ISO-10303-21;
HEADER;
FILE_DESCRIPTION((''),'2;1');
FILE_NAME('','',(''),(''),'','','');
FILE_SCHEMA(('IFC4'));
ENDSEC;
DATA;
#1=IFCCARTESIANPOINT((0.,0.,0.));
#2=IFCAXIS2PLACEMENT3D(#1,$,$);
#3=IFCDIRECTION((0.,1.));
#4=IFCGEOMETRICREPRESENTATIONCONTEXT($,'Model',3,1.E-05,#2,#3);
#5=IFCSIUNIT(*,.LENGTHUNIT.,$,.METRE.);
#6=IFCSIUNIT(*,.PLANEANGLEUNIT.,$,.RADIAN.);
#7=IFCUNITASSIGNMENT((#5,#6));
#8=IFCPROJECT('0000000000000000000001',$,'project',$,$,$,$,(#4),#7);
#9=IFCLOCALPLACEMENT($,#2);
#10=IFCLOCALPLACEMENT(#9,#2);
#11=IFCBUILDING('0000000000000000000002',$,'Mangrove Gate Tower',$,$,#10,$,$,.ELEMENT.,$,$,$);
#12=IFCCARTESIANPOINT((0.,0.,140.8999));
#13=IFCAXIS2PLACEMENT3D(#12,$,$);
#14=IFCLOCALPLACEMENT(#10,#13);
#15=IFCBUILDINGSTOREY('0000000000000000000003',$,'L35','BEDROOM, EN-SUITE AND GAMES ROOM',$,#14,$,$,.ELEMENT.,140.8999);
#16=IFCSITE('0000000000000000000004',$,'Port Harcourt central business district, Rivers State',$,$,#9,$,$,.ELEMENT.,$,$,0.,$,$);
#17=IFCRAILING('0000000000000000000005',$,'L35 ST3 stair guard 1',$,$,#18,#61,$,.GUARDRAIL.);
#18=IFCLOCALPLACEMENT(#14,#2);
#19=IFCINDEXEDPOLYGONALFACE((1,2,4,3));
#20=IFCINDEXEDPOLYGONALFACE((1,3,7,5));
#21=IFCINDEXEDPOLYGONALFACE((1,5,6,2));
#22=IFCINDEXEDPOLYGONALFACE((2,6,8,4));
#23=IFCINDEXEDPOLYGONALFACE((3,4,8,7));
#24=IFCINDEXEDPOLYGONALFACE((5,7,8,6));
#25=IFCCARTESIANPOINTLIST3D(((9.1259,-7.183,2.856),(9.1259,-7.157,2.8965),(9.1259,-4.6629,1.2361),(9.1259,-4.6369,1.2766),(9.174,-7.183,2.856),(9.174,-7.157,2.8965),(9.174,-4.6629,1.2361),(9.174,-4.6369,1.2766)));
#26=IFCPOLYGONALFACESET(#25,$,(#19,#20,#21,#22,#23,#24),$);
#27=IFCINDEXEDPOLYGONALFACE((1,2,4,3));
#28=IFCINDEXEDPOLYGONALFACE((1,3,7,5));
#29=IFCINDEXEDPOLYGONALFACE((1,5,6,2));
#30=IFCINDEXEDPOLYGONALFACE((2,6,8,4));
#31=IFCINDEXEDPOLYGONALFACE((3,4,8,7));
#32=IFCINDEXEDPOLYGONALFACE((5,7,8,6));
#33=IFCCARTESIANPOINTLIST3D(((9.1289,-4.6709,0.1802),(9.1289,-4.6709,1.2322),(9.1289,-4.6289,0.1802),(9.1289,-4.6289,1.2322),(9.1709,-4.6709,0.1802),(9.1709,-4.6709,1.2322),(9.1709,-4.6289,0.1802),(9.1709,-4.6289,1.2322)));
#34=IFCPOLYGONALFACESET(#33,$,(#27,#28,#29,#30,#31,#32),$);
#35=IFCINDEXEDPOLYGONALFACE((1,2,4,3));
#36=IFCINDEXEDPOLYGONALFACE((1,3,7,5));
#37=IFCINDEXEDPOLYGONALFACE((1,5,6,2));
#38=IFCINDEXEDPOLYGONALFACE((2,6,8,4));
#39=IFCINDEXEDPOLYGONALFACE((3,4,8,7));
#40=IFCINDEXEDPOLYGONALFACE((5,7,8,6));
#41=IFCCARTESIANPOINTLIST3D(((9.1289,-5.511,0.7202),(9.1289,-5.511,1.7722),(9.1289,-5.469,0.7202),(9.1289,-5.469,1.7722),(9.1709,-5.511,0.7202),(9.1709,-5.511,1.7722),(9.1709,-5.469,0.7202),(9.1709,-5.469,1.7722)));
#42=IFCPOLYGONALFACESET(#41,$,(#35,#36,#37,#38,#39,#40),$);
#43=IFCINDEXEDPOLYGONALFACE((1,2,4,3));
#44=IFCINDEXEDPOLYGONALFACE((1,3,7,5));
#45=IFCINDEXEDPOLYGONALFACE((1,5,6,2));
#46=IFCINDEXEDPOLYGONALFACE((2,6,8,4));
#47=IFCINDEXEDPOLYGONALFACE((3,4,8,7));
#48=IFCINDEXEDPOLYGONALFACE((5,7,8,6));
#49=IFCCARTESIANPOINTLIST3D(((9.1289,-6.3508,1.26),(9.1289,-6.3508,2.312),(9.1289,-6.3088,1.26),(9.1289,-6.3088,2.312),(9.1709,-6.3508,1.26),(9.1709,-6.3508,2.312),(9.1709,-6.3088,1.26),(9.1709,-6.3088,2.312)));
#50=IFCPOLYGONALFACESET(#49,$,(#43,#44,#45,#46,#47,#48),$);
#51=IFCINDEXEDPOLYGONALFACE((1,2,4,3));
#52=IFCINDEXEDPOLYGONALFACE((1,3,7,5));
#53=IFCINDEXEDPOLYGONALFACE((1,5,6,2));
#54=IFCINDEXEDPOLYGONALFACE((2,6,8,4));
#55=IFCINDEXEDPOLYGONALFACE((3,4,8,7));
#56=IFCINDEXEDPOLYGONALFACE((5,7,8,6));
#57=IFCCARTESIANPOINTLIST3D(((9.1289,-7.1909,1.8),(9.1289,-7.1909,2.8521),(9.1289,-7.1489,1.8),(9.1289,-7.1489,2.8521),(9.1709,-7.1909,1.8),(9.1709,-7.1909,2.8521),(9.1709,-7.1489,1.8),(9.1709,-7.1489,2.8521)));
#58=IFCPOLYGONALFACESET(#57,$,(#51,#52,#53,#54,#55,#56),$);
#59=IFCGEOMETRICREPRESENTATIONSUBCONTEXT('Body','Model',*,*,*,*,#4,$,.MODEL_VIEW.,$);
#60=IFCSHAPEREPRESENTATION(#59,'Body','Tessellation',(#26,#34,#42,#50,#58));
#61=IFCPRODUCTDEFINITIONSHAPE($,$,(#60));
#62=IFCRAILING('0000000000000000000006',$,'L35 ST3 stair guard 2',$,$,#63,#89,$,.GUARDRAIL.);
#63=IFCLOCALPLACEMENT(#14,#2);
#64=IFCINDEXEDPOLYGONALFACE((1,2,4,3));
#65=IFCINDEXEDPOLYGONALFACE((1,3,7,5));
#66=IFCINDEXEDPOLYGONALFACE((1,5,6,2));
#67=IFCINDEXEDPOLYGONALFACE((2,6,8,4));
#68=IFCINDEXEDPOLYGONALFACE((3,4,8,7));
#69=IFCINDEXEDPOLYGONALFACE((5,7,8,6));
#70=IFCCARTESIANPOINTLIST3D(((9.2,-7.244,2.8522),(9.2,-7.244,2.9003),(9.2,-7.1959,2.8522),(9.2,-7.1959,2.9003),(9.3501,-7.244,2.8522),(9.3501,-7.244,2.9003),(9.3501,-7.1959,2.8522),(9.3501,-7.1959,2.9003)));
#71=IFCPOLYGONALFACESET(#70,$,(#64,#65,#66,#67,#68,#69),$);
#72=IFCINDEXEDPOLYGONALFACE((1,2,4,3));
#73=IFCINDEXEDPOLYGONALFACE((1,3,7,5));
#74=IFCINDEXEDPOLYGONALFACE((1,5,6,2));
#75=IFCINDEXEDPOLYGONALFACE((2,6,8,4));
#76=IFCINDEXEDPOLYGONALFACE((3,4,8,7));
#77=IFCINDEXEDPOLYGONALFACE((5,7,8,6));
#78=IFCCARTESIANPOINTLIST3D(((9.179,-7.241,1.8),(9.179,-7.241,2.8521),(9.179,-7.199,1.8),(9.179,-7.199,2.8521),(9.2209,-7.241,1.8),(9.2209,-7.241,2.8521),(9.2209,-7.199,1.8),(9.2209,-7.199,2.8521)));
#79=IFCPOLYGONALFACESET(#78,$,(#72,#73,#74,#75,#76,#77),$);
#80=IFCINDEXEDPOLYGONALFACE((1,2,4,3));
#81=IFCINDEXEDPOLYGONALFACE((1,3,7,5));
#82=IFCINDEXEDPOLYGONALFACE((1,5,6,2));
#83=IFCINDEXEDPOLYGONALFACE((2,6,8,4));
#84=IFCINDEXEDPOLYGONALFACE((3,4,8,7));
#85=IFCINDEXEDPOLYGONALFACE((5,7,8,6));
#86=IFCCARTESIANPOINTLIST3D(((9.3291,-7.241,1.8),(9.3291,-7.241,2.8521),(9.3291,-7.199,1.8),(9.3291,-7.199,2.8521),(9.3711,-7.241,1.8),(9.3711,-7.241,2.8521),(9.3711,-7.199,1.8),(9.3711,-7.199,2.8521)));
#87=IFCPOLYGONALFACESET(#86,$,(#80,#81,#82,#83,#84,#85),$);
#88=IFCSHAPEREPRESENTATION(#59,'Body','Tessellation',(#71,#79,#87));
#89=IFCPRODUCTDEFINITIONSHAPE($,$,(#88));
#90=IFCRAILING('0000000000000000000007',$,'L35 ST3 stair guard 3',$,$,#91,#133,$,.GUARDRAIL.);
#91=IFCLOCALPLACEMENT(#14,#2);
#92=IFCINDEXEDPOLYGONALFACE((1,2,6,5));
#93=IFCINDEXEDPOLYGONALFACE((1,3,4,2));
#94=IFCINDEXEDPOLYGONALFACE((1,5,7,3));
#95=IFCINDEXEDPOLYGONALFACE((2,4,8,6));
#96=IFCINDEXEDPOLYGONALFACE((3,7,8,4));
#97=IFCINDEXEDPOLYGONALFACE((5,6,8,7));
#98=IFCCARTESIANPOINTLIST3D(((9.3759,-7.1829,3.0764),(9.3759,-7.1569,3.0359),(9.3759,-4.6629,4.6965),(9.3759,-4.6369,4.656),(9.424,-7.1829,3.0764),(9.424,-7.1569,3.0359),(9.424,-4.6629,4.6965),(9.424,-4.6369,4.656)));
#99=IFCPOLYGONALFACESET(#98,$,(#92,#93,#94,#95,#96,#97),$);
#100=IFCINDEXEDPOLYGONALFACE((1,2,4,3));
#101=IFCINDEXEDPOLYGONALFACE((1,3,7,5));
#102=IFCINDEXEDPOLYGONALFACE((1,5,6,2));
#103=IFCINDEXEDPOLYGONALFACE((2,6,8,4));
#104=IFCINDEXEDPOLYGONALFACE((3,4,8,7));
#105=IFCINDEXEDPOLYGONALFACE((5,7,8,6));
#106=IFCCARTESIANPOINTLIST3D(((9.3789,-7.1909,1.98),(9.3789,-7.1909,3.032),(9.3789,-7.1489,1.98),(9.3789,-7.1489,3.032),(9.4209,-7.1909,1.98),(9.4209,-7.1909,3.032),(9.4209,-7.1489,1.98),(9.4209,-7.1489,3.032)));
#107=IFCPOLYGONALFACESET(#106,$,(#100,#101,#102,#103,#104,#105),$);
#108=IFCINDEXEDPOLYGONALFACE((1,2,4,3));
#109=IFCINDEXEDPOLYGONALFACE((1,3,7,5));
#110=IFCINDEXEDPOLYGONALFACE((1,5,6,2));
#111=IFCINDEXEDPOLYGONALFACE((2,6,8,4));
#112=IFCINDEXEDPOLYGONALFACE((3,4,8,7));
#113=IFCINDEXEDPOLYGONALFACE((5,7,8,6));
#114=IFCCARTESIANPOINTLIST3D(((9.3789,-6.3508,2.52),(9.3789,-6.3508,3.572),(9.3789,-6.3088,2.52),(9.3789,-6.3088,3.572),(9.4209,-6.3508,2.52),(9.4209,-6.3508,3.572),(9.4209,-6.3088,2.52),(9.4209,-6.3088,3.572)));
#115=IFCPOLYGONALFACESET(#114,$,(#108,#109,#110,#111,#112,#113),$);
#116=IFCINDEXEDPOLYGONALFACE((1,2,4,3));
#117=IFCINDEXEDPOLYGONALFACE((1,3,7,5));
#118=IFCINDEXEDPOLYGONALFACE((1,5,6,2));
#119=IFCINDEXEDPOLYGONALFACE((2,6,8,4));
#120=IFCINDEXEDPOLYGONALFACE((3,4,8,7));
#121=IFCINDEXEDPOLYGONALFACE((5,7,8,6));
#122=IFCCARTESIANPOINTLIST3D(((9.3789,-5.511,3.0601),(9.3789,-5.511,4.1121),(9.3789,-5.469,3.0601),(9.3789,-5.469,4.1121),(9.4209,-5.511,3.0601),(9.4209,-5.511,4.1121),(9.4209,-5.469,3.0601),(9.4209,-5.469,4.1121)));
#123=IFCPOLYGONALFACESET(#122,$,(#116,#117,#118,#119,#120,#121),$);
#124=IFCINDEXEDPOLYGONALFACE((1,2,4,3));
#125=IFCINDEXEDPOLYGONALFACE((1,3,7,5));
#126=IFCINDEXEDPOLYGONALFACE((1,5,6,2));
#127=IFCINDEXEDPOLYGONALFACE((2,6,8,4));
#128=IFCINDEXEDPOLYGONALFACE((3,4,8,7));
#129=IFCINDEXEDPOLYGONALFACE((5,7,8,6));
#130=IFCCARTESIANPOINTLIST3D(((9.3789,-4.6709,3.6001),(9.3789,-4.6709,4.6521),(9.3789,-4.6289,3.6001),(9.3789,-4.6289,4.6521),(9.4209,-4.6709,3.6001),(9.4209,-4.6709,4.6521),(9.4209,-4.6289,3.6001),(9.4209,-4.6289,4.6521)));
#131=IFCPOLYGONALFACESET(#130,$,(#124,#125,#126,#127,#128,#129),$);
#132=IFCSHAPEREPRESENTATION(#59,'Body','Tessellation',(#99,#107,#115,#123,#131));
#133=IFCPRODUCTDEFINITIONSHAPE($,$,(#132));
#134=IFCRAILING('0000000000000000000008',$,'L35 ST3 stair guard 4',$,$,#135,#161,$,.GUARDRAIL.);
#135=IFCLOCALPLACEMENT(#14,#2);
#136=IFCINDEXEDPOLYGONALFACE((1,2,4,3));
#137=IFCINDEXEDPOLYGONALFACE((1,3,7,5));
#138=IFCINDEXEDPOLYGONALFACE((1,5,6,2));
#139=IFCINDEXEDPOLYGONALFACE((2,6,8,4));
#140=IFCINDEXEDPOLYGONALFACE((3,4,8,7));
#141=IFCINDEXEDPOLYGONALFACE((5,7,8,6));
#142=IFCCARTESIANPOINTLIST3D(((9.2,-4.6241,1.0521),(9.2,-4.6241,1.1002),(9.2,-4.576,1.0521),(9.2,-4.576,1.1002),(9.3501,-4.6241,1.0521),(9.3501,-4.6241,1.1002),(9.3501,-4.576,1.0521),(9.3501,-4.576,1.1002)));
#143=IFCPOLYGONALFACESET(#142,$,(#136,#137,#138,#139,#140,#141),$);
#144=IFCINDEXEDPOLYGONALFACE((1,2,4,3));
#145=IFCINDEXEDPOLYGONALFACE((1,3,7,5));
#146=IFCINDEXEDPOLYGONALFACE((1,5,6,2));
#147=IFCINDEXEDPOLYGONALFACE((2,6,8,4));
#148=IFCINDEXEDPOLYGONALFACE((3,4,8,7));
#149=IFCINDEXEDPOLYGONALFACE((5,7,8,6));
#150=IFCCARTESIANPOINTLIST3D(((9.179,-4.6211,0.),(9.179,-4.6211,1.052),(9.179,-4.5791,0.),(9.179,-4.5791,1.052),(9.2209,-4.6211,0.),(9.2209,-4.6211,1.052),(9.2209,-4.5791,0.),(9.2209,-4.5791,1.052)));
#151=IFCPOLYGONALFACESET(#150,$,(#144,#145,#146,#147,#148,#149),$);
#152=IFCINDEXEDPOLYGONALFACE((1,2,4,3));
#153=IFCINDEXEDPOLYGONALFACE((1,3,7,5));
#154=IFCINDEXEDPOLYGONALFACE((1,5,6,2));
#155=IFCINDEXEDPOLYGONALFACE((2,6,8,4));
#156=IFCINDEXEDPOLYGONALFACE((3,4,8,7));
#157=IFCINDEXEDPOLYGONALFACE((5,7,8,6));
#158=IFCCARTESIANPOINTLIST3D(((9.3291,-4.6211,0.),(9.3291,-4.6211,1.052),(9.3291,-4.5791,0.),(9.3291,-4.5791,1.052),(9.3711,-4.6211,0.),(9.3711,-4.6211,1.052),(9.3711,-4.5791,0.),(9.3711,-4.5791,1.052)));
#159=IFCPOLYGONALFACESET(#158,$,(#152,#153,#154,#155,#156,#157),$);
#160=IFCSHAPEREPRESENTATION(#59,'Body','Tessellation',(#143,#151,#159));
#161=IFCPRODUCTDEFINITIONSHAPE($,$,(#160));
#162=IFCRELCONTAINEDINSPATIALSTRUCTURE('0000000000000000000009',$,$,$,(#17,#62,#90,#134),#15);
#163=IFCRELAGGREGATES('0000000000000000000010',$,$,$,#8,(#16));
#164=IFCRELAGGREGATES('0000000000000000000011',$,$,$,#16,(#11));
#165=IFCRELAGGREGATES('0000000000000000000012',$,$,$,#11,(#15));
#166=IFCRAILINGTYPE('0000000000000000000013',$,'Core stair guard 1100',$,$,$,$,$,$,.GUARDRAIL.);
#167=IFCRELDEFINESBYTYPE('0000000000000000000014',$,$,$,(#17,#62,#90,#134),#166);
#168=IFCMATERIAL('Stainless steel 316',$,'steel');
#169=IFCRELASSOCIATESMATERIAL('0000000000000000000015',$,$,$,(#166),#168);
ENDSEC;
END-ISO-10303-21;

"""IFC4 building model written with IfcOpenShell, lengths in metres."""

from ifc_helpers import new_model, si_unit, direction, frame, origin, origin_2d, place, context, subcontext, project, spatial, rectangle, extrude, material, type_object, element, save


model = new_model("IFC4")

# Units and contexts
model_context = context("Model", 3, precision=1e-05, world=origin(), true_north=direction((0.0, 1.0)))
body_context = subcontext(model_context, "Body", "Model", "MODEL_VIEW")
ifc_project = project(units=[si_unit("LENGTHUNIT", "METRE"), si_unit("PLANEANGLEUNIT", "RADIAN")], contexts=[model_context])

# Site, building, storey
site_placement = place(None, origin())
site = spatial("IfcSite", under=ifc_project, at=site_placement, Name="Port Harcourt central business district, Rivers State", CompositionType="ELEMENT", RefElevation=0.0)
building_placement = place(site_placement, origin())
building = spatial("IfcBuilding", under=site, at=building_placement, Name="Mangrove Gate Tower", CompositionType="ELEMENT")
storey_placement = place(building_placement, frame((0.0, 0.0, 140.8999)))
storey = spatial("IfcBuildingStorey", under=building, at=storey_placement, Name="L35", Description="BEDROOM, EN-SUITE AND GAMES ROOM", CompositionType="ELEMENT", Elevation=140.8999)

# Railings
ifc_material_1 = material(Name="Stainless steel 316", Category="steel")
railing_type_1 = type_object("IfcRailingType", Name="Core stair guard 1100", PredefinedType="GUARDRAIL", material=ifc_material_1)
railing_1_placement = place(storey_placement, frame((9.1499, -4.6499, 0.1802)))
element("IfcRailing", 1, at=railing_1_placement, inside=storey, type_object=railing_type_1, Name="L35 ST3 stair guard 1", PredefinedType="GUARDRAIL", context=body_context, shape_type="SweptSolid", body=[
    extrude(rectangle(XDim=0.0481, YDim=0.0481, at=origin_2d()), frame((0.0, 0.0, 1.0762), z_axis=(0.0, -0.8412, 0.540725), x_axis=(1.0, 0.0, 0.0)), (0.0, 0.0, 1.0), 2.9958),
    extrude(rectangle(XDim=0.042, YDim=0.042, at=origin_2d()), origin(), (0.0, 0.0, 1.0), 1.052),
    extrude(rectangle(XDim=0.042, YDim=0.042, at=origin_2d()), frame((0.0, -0.8401, 0.54)), (0.0, 0.0, 1.0), 1.052),
    extrude(rectangle(XDim=0.042, YDim=0.042, at=origin_2d()), frame((0.0, -1.6799, 1.0798)), (0.0, 0.0, 1.0), 1.052),
    extrude(rectangle(XDim=0.042, YDim=0.042, at=origin_2d()), frame((0.0, -2.52, 1.6199)), (0.0, 0.0, 1.0), 1.052),
])
railing_2_placement = place(storey_placement, frame((9.2, -7.22, 1.8)))
element("IfcRailing", 2, at=railing_2_placement, inside=storey, type_object=railing_type_1, Name="L35 ST3 stair guard 2", PredefinedType="GUARDRAIL", context=body_context, shape_type="SweptSolid", body=[
    extrude(rectangle(XDim=0.0481, YDim=0.0481, at=origin_2d()), frame((0.0, 0.0, 1.0762), z_axis=(1.0, 0.0, 0.0), x_axis=(0.0, 1.0, 0.0)), (0.0, 0.0, 1.0), 0.1501),
    extrude(rectangle(XDim=0.042, YDim=0.042, at=origin_2d()), origin(), (0.0, 0.0, 1.0), 1.052),
    extrude(rectangle(XDim=0.042, YDim=0.042, at=origin_2d()), frame((0.1501, 0.0, 0.0)), (0.0, 0.0, 1.0), 1.052),
])
railing_3_placement = place(storey_placement, frame((9.3999, -7.1699, 1.98)))
element("IfcRailing", 3, at=railing_3_placement, inside=storey, type_object=railing_type_1, Name="L35 ST3 stair guard 3", PredefinedType="GUARDRAIL", context=body_context, shape_type="SweptSolid", body=[
    extrude(rectangle(XDim=0.0481, YDim=0.0481, at=origin_2d()), frame((0.0, 0.0, 1.0762), z_axis=(0.0, 0.841163, 0.540782), x_axis=(-1.0, 0.0, 0.0)), (0.0, 0.0, 1.0), 2.9958),
    extrude(rectangle(XDim=0.042, YDim=0.042, at=origin_2d()), origin(), (0.0, 0.0, 1.0), 1.052),
    extrude(rectangle(XDim=0.042, YDim=0.042, at=origin_2d()), frame((0.0, 0.8401, 0.54)), (0.0, 0.0, 1.0), 1.052),
    extrude(rectangle(XDim=0.042, YDim=0.042, at=origin_2d()), frame((0.0, 1.6799, 1.0801)), (0.0, 0.0, 1.0), 1.052),
    extrude(rectangle(XDim=0.042, YDim=0.042, at=origin_2d()), frame((0.0, 2.52, 1.6201)), (0.0, 0.0, 1.0), 1.052),
])
railing_4_placement = place(storey_placement, frame((9.2, -4.6001, 0.0)))
element("IfcRailing", 4, at=railing_4_placement, inside=storey, type_object=railing_type_1, Name="L35 ST3 stair guard 4", PredefinedType="GUARDRAIL", context=body_context, shape_type="SweptSolid", body=[
    extrude(rectangle(XDim=0.0481, YDim=0.0481, at=origin_2d()), frame((0.0, 0.0, 1.0762), z_axis=(1.0, 0.0, 0.0), x_axis=(0.0, 1.0, 0.0)), (0.0, 0.0, 1.0), 0.1501),
    extrude(rectangle(XDim=0.042, YDim=0.042, at=origin_2d()), origin(), (0.0, 0.0, 1.0), 1.052),
    extrude(rectangle(XDim=0.042, YDim=0.042, at=origin_2d()), frame((0.1501, 0.0, 0.0)), (0.0, 0.0, 1.0), 1.052),
])

save(model, "model.ifc")
